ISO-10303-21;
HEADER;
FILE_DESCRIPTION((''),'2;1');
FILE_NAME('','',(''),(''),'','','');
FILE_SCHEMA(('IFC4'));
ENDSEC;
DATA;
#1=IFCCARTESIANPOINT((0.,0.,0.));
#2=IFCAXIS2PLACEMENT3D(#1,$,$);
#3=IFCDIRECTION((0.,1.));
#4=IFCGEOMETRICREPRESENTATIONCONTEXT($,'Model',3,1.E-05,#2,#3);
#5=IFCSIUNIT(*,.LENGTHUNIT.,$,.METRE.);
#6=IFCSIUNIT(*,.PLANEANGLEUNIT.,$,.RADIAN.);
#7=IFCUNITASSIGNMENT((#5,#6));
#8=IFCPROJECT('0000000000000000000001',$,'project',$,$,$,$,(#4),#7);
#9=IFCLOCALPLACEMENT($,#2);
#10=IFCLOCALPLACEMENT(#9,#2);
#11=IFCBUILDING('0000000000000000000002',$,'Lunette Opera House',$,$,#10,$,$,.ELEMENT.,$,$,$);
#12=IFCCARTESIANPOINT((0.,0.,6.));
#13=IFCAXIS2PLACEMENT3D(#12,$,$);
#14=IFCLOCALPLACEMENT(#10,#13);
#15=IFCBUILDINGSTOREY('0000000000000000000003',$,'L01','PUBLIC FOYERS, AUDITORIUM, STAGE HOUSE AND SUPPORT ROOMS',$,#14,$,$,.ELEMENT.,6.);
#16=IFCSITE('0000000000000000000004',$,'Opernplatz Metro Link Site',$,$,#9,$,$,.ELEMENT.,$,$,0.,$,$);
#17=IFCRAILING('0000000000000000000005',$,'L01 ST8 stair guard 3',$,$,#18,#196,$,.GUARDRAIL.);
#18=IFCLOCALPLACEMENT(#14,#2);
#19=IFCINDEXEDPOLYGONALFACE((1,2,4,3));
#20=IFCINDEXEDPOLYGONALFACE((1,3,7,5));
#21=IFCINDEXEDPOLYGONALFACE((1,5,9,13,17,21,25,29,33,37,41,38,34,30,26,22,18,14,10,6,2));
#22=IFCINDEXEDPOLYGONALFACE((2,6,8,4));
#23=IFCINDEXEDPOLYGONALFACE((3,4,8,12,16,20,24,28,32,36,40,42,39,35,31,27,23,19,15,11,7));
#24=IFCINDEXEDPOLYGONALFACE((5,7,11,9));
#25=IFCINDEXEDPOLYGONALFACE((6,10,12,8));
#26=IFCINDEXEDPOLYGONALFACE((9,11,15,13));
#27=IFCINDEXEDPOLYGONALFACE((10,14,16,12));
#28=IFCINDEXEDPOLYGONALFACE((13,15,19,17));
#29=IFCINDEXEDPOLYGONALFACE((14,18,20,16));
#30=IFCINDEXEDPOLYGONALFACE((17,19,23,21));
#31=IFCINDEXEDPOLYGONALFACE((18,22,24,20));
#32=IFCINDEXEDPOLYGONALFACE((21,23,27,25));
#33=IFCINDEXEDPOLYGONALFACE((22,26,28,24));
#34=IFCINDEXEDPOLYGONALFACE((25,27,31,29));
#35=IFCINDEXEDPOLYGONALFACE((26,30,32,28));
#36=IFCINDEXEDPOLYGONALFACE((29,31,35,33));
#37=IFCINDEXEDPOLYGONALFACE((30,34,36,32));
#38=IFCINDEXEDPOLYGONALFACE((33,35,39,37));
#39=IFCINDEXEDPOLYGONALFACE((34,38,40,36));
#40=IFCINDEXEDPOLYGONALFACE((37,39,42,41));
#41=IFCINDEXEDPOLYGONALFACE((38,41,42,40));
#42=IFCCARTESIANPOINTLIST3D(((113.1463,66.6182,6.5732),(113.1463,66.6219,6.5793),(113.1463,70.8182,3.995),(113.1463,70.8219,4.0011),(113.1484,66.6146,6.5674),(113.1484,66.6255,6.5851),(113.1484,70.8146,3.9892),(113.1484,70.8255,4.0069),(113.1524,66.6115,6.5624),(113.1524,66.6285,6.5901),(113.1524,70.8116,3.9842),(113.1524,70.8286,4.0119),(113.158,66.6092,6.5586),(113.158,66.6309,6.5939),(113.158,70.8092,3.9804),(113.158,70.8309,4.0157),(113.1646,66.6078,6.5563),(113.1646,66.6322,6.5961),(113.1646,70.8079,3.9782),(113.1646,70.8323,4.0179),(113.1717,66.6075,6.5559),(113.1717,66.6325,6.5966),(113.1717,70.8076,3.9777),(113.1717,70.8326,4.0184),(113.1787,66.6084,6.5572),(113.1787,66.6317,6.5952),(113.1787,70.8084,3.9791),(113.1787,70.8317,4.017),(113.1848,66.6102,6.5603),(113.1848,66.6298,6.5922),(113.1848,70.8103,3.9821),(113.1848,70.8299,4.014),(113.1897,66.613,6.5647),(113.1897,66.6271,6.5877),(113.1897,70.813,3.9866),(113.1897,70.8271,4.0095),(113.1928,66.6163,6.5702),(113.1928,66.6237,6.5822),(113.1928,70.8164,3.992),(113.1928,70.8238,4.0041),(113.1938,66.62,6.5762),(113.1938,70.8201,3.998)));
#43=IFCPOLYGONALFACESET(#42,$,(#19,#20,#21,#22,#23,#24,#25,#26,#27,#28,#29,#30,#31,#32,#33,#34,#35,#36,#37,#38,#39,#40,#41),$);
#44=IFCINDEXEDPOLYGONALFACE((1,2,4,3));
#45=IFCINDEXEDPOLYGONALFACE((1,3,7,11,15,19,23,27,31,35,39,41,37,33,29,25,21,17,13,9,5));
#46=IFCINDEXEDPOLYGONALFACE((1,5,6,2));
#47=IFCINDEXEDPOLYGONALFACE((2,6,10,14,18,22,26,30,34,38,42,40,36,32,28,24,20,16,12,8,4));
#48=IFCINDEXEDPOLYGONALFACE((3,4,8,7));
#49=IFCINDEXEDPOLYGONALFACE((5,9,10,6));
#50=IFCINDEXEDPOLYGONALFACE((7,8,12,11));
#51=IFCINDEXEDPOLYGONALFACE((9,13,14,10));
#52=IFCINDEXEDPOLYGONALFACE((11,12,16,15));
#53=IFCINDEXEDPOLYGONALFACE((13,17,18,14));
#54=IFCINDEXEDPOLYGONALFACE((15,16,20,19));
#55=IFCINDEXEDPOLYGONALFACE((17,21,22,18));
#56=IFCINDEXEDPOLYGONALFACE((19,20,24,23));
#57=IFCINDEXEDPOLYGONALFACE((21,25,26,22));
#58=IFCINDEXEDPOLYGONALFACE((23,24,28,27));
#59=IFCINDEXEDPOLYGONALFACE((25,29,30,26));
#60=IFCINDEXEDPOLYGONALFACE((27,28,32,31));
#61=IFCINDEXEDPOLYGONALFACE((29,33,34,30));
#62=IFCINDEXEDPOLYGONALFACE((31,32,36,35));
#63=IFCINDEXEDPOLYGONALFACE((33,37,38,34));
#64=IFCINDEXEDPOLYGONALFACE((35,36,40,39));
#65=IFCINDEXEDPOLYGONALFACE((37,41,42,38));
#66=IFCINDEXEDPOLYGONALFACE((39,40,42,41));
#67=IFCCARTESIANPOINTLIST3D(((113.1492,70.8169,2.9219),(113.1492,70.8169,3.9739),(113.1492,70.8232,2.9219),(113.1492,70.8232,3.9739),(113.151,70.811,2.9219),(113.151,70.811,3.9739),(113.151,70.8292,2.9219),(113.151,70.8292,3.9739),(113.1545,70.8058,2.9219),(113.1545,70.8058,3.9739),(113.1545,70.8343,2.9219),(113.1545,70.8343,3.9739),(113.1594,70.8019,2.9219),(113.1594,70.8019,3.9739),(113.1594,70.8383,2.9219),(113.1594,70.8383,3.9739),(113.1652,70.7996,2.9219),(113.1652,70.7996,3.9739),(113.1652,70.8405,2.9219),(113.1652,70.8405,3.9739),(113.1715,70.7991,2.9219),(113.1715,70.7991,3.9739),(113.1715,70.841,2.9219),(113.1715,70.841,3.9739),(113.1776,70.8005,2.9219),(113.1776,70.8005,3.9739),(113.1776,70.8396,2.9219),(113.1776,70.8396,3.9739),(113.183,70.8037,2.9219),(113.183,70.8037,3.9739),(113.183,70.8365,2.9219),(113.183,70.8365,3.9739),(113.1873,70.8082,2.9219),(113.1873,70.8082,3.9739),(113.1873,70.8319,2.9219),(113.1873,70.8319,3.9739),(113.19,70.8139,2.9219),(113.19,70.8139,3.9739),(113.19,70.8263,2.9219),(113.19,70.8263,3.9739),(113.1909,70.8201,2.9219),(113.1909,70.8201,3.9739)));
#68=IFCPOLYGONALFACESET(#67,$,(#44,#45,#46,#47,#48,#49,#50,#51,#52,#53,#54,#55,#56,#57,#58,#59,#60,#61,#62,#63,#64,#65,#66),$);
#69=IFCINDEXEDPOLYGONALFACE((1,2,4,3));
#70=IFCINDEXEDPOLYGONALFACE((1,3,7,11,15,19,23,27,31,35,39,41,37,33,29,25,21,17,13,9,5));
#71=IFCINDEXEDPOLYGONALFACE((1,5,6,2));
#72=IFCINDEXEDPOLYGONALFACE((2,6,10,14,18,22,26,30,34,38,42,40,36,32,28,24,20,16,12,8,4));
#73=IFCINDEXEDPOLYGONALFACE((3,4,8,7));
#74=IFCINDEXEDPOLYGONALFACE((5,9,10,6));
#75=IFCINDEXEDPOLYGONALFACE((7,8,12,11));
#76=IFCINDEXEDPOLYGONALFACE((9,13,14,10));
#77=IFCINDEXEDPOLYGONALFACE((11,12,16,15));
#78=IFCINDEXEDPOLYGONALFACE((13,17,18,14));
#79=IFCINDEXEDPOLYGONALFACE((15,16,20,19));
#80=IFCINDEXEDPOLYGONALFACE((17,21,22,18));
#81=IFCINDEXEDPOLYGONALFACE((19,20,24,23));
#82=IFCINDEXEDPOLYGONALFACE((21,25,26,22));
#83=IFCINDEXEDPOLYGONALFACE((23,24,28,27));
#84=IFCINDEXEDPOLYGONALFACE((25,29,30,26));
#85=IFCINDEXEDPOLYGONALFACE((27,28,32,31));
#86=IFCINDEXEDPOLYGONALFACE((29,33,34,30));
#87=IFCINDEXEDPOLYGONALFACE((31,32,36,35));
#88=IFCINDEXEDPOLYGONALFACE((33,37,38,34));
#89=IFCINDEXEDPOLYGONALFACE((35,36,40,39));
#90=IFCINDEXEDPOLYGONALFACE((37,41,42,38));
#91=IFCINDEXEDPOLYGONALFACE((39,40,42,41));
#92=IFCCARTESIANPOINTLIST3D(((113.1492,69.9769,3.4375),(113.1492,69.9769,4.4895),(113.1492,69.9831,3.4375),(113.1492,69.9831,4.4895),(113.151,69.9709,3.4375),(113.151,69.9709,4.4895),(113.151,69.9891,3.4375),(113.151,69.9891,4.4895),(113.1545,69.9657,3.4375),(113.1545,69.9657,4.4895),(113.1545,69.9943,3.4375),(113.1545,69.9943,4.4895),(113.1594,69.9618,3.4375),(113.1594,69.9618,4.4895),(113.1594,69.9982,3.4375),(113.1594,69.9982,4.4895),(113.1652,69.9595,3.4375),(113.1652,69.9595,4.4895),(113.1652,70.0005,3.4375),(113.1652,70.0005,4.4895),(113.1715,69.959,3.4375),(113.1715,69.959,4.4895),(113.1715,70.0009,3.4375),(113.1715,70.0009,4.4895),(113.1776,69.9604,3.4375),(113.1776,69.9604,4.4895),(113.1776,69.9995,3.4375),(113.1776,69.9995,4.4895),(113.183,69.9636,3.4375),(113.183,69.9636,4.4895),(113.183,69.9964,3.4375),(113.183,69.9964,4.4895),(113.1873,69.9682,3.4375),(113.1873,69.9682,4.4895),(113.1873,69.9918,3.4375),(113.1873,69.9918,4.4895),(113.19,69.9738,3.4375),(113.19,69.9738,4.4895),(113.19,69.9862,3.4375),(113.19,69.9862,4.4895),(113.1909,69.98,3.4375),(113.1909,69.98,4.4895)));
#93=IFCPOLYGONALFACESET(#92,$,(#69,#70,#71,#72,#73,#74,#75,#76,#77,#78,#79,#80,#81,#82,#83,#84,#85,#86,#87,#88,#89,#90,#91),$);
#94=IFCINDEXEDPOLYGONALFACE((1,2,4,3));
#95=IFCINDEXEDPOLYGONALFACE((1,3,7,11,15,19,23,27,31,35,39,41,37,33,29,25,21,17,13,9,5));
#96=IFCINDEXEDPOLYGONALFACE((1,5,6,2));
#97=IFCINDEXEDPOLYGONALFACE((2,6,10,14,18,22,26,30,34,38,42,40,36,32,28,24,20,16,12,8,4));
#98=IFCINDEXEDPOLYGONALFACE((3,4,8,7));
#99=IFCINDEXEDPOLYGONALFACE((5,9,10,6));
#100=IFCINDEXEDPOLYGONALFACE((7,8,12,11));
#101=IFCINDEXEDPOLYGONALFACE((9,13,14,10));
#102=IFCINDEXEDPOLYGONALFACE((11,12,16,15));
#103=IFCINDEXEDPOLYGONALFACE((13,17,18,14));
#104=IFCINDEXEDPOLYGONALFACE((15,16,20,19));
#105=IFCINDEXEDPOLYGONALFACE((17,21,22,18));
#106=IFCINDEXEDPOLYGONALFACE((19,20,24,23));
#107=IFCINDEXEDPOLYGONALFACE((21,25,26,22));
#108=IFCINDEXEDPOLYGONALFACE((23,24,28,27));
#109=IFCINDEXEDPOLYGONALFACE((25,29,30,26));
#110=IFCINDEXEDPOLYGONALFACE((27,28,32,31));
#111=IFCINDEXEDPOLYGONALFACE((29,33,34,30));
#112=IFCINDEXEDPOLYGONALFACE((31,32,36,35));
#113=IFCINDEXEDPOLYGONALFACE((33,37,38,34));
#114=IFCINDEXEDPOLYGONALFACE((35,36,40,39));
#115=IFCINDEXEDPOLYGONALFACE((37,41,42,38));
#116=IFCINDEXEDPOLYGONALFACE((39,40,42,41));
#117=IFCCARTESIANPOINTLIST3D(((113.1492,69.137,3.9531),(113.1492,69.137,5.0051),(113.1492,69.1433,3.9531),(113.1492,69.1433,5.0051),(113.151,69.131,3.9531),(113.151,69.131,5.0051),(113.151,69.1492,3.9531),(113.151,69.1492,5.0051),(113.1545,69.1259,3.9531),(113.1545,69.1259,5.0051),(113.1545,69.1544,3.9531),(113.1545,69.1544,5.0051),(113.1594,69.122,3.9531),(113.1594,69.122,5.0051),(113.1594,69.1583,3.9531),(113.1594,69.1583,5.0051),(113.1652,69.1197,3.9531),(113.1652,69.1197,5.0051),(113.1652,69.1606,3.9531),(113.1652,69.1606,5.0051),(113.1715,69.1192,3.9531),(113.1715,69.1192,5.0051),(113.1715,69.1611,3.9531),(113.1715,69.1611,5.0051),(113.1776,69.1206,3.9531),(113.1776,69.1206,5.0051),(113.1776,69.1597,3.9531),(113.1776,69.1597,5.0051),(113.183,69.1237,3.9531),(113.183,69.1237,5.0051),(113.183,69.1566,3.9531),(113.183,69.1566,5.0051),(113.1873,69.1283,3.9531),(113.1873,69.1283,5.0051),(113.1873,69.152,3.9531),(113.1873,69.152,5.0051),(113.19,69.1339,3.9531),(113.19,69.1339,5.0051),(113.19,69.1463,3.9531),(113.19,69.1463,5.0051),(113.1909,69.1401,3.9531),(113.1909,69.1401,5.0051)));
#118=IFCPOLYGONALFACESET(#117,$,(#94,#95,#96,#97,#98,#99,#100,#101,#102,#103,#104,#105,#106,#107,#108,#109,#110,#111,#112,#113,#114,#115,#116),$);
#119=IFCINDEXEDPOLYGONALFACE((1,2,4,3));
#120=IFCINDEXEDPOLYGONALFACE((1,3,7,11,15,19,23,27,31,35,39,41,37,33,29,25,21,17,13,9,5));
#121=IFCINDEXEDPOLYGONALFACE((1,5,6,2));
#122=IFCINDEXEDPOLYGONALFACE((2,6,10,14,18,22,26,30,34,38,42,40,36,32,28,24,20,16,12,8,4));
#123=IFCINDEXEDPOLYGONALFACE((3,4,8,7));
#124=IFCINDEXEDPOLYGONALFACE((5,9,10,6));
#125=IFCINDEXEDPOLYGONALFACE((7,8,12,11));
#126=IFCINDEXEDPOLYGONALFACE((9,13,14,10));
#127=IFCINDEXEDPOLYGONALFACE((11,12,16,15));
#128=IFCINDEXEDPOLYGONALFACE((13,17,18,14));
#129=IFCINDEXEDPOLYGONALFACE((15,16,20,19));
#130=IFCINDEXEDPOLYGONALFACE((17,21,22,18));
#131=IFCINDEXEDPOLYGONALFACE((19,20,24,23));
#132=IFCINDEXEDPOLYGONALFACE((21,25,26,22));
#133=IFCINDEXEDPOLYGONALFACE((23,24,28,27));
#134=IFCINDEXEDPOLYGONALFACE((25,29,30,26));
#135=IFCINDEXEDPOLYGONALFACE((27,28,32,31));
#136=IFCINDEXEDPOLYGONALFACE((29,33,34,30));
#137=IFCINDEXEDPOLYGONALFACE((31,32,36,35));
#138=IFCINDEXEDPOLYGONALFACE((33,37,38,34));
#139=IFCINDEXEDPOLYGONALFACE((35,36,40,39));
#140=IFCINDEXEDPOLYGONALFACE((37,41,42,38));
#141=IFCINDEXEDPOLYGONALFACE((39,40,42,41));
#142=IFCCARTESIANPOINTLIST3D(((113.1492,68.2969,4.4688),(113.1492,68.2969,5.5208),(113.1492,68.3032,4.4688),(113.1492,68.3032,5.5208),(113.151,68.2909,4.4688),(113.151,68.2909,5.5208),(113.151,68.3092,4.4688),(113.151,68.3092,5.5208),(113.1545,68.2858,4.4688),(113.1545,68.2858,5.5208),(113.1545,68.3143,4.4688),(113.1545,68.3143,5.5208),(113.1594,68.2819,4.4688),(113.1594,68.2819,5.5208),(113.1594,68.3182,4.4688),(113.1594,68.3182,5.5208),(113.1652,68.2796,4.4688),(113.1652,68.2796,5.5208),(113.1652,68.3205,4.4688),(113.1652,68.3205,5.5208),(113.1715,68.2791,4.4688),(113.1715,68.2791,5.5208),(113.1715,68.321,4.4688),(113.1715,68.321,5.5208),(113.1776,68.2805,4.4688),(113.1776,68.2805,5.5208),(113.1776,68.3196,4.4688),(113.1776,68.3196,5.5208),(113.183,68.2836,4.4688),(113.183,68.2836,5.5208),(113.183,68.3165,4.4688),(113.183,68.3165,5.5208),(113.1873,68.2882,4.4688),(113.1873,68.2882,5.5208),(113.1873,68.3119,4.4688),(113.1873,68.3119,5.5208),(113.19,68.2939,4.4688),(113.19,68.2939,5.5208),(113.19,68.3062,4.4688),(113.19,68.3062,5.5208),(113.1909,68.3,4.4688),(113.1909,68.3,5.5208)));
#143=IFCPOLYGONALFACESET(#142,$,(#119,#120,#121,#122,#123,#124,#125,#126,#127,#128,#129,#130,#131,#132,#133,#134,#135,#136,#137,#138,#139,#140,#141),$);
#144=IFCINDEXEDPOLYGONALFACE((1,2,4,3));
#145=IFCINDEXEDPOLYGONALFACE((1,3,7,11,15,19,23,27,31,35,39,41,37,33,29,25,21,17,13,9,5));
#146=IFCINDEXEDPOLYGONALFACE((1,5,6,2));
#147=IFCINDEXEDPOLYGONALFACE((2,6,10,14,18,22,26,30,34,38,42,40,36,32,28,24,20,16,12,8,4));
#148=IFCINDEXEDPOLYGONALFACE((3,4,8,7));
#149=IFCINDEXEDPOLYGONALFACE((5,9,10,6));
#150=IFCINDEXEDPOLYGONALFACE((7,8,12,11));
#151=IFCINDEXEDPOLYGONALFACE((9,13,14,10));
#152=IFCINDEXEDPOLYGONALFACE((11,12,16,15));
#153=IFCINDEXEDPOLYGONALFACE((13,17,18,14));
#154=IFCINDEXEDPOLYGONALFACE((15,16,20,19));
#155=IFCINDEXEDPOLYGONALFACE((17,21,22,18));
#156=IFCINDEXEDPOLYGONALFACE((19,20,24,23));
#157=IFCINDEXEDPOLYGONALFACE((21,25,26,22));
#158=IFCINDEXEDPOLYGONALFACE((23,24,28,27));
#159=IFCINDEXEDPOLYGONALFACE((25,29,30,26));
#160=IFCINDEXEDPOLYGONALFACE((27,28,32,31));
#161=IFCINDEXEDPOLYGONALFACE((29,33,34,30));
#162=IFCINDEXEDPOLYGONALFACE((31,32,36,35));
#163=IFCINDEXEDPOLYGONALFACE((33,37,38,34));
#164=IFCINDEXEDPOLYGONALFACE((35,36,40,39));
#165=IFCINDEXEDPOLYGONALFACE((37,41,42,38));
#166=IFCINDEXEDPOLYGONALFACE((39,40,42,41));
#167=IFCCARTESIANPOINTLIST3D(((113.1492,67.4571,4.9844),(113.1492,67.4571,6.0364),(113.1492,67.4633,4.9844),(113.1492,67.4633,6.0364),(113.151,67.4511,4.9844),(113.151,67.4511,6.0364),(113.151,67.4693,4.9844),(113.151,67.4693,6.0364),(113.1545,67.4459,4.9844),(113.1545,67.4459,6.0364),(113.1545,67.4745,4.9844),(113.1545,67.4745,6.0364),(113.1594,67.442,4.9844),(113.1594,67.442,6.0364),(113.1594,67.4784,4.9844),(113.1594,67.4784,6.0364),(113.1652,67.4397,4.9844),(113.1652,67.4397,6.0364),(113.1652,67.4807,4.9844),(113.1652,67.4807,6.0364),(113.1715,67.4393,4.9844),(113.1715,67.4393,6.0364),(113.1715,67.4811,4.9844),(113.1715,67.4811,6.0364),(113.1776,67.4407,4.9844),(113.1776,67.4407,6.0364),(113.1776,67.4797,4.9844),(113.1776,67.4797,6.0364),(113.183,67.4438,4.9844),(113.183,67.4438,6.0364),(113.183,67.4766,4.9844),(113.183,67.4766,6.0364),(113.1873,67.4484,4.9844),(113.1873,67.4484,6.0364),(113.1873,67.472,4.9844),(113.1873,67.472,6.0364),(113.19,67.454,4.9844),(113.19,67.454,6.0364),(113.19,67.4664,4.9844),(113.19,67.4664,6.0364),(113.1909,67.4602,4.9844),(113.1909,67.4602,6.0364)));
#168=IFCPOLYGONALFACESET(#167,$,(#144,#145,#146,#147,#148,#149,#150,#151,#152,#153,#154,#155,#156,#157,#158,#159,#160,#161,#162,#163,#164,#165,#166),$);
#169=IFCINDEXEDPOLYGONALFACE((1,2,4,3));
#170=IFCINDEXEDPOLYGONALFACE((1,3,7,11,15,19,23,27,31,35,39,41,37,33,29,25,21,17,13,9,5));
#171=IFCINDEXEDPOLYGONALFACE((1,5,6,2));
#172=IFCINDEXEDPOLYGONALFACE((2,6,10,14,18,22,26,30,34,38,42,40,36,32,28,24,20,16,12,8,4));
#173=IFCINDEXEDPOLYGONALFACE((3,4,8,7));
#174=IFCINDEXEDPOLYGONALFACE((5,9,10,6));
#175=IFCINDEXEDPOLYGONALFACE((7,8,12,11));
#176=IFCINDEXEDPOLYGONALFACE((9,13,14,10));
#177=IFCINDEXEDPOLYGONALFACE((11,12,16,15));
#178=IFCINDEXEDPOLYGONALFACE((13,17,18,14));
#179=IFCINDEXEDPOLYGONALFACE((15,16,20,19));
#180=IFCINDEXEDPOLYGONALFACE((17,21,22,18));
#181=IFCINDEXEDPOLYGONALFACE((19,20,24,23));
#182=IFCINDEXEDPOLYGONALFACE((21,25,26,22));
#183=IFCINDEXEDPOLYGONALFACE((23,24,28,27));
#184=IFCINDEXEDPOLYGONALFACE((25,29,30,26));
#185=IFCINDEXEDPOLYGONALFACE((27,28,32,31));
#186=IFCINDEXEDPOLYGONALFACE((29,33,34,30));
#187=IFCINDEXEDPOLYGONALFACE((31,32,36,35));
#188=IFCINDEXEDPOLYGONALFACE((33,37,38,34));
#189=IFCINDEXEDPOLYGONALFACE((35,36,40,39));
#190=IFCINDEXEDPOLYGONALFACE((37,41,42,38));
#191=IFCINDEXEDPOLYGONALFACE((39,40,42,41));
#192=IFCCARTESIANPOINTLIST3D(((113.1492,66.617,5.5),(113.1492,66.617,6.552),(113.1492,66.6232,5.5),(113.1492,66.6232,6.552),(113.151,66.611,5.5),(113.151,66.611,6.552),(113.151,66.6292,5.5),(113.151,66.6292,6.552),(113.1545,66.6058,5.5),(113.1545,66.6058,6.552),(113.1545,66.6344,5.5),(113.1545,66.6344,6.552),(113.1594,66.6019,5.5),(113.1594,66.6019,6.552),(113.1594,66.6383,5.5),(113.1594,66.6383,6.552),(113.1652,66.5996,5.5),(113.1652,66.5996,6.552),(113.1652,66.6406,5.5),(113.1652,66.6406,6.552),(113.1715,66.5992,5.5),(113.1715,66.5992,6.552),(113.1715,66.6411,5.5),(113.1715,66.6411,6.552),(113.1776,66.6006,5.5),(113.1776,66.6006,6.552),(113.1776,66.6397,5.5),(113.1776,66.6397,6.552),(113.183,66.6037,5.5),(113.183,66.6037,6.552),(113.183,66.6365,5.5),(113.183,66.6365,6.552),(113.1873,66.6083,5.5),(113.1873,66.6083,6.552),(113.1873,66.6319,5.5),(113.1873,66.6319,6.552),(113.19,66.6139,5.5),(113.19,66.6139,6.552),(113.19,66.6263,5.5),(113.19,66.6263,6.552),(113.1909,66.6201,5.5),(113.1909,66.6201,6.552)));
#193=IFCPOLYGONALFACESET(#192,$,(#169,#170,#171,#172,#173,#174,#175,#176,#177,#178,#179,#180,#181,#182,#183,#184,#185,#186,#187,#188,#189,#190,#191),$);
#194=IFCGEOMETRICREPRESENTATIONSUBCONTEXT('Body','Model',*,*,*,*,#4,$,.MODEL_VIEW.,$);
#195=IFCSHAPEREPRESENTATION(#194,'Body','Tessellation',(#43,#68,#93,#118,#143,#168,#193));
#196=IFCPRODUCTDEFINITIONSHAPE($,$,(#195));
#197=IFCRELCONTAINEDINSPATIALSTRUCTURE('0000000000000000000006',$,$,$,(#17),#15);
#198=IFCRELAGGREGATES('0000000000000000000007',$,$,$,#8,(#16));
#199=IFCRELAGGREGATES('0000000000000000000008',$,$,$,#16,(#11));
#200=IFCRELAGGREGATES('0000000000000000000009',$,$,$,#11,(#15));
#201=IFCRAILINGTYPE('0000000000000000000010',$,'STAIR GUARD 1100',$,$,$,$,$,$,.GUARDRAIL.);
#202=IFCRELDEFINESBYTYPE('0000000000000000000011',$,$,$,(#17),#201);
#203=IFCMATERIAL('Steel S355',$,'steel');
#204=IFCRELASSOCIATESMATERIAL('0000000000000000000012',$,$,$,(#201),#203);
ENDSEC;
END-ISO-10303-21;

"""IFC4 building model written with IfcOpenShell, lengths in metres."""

from ifc_helpers import new_model, si_unit, direction, frame, origin, origin_2d, place, context, subcontext, project, spatial, circle, extrude, material, type_object, element, save


model = new_model("IFC4")

# Units and contexts
model_context = context("Model", 3, precision=1e-05, world=origin(), true_north=direction((0.0, 1.0)))
body_context = subcontext(model_context, "Body", "Model", "MODEL_VIEW")
ifc_project = project(units=[si_unit("LENGTHUNIT", "METRE"), si_unit("PLANEANGLEUNIT", "RADIAN")], contexts=[model_context])

# Site, building, storey
site_placement = place(None, origin())
site = spatial("IfcSite", under=ifc_project, at=site_placement, Name="Opernplatz Metro Link Site", CompositionType="ELEMENT", RefElevation=0.0)
building_placement = place(site_placement, origin())
building = spatial("IfcBuilding", under=site, at=building_placement, Name="Lunette Opera House", CompositionType="ELEMENT")
storey_placement = place(building_placement, frame((0.0, 0.0, 6.0)))
storey = spatial("IfcBuildingStorey", under=building, at=storey_placement, Name="L01", Description="PUBLIC FOYERS, AUDITORIUM, STAGE HOUSE AND SUPPORT ROOMS", CompositionType="ELEMENT", Elevation=6.0)

# Railing
ifc_material_1 = material(Name="Steel S355", Category="steel")
railing_type_1 = type_object("IfcRailingType", Name="STAIR GUARD 1100", PredefinedType="GUARDRAIL", material=ifc_material_1)
railing_1_placement = place(storey_placement, frame((113.1699, 70.8201, 2.9219)))
element("IfcRailing", 1, at=railing_1_placement, inside=storey, type_object=railing_type_1, Name="L01 ST8 stair guard 3", PredefinedType="GUARDRAIL", context=body_context, shape_type="SweptSolid", body=[
    extrude(circle(Radius=0.0239, at=origin_2d()), frame((0.0, 0.0, 1.0762), z_axis=(0.0, -0.852243, 0.523146), x_axis=(1.0, 0.0, 0.0)), (0.0, 0.0, 1.0), 4.9282),
    extrude(circle(Radius=0.021, at=origin_2d()), origin(), (0.0, 0.0, 1.0), 1.052),
    extrude(circle(Radius=0.021, at=origin_2d()), frame((0.0, -0.8401, 0.5156)), (0.0, 0.0, 1.0), 1.052),
    extrude(circle(Radius=0.021, at=origin_2d()), frame((0.0, -1.6799, 1.0312)), (0.0, 0.0, 1.0), 1.052),
    extrude(circle(Radius=0.021, at=origin_2d()), frame((0.0, -2.52, 1.5469)), (0.0, 0.0, 1.0), 1.052),
    extrude(circle(Radius=0.021, at=origin_2d()), frame((0.0, -3.3599, 2.0625)), (0.0, 0.0, 1.0), 1.052),
    extrude(circle(Radius=0.021, at=origin_2d()), frame((0.0, -4.2, 2.5781)), (0.0, 0.0, 1.0), 1.052),
])

save(model, "model.ifc")
